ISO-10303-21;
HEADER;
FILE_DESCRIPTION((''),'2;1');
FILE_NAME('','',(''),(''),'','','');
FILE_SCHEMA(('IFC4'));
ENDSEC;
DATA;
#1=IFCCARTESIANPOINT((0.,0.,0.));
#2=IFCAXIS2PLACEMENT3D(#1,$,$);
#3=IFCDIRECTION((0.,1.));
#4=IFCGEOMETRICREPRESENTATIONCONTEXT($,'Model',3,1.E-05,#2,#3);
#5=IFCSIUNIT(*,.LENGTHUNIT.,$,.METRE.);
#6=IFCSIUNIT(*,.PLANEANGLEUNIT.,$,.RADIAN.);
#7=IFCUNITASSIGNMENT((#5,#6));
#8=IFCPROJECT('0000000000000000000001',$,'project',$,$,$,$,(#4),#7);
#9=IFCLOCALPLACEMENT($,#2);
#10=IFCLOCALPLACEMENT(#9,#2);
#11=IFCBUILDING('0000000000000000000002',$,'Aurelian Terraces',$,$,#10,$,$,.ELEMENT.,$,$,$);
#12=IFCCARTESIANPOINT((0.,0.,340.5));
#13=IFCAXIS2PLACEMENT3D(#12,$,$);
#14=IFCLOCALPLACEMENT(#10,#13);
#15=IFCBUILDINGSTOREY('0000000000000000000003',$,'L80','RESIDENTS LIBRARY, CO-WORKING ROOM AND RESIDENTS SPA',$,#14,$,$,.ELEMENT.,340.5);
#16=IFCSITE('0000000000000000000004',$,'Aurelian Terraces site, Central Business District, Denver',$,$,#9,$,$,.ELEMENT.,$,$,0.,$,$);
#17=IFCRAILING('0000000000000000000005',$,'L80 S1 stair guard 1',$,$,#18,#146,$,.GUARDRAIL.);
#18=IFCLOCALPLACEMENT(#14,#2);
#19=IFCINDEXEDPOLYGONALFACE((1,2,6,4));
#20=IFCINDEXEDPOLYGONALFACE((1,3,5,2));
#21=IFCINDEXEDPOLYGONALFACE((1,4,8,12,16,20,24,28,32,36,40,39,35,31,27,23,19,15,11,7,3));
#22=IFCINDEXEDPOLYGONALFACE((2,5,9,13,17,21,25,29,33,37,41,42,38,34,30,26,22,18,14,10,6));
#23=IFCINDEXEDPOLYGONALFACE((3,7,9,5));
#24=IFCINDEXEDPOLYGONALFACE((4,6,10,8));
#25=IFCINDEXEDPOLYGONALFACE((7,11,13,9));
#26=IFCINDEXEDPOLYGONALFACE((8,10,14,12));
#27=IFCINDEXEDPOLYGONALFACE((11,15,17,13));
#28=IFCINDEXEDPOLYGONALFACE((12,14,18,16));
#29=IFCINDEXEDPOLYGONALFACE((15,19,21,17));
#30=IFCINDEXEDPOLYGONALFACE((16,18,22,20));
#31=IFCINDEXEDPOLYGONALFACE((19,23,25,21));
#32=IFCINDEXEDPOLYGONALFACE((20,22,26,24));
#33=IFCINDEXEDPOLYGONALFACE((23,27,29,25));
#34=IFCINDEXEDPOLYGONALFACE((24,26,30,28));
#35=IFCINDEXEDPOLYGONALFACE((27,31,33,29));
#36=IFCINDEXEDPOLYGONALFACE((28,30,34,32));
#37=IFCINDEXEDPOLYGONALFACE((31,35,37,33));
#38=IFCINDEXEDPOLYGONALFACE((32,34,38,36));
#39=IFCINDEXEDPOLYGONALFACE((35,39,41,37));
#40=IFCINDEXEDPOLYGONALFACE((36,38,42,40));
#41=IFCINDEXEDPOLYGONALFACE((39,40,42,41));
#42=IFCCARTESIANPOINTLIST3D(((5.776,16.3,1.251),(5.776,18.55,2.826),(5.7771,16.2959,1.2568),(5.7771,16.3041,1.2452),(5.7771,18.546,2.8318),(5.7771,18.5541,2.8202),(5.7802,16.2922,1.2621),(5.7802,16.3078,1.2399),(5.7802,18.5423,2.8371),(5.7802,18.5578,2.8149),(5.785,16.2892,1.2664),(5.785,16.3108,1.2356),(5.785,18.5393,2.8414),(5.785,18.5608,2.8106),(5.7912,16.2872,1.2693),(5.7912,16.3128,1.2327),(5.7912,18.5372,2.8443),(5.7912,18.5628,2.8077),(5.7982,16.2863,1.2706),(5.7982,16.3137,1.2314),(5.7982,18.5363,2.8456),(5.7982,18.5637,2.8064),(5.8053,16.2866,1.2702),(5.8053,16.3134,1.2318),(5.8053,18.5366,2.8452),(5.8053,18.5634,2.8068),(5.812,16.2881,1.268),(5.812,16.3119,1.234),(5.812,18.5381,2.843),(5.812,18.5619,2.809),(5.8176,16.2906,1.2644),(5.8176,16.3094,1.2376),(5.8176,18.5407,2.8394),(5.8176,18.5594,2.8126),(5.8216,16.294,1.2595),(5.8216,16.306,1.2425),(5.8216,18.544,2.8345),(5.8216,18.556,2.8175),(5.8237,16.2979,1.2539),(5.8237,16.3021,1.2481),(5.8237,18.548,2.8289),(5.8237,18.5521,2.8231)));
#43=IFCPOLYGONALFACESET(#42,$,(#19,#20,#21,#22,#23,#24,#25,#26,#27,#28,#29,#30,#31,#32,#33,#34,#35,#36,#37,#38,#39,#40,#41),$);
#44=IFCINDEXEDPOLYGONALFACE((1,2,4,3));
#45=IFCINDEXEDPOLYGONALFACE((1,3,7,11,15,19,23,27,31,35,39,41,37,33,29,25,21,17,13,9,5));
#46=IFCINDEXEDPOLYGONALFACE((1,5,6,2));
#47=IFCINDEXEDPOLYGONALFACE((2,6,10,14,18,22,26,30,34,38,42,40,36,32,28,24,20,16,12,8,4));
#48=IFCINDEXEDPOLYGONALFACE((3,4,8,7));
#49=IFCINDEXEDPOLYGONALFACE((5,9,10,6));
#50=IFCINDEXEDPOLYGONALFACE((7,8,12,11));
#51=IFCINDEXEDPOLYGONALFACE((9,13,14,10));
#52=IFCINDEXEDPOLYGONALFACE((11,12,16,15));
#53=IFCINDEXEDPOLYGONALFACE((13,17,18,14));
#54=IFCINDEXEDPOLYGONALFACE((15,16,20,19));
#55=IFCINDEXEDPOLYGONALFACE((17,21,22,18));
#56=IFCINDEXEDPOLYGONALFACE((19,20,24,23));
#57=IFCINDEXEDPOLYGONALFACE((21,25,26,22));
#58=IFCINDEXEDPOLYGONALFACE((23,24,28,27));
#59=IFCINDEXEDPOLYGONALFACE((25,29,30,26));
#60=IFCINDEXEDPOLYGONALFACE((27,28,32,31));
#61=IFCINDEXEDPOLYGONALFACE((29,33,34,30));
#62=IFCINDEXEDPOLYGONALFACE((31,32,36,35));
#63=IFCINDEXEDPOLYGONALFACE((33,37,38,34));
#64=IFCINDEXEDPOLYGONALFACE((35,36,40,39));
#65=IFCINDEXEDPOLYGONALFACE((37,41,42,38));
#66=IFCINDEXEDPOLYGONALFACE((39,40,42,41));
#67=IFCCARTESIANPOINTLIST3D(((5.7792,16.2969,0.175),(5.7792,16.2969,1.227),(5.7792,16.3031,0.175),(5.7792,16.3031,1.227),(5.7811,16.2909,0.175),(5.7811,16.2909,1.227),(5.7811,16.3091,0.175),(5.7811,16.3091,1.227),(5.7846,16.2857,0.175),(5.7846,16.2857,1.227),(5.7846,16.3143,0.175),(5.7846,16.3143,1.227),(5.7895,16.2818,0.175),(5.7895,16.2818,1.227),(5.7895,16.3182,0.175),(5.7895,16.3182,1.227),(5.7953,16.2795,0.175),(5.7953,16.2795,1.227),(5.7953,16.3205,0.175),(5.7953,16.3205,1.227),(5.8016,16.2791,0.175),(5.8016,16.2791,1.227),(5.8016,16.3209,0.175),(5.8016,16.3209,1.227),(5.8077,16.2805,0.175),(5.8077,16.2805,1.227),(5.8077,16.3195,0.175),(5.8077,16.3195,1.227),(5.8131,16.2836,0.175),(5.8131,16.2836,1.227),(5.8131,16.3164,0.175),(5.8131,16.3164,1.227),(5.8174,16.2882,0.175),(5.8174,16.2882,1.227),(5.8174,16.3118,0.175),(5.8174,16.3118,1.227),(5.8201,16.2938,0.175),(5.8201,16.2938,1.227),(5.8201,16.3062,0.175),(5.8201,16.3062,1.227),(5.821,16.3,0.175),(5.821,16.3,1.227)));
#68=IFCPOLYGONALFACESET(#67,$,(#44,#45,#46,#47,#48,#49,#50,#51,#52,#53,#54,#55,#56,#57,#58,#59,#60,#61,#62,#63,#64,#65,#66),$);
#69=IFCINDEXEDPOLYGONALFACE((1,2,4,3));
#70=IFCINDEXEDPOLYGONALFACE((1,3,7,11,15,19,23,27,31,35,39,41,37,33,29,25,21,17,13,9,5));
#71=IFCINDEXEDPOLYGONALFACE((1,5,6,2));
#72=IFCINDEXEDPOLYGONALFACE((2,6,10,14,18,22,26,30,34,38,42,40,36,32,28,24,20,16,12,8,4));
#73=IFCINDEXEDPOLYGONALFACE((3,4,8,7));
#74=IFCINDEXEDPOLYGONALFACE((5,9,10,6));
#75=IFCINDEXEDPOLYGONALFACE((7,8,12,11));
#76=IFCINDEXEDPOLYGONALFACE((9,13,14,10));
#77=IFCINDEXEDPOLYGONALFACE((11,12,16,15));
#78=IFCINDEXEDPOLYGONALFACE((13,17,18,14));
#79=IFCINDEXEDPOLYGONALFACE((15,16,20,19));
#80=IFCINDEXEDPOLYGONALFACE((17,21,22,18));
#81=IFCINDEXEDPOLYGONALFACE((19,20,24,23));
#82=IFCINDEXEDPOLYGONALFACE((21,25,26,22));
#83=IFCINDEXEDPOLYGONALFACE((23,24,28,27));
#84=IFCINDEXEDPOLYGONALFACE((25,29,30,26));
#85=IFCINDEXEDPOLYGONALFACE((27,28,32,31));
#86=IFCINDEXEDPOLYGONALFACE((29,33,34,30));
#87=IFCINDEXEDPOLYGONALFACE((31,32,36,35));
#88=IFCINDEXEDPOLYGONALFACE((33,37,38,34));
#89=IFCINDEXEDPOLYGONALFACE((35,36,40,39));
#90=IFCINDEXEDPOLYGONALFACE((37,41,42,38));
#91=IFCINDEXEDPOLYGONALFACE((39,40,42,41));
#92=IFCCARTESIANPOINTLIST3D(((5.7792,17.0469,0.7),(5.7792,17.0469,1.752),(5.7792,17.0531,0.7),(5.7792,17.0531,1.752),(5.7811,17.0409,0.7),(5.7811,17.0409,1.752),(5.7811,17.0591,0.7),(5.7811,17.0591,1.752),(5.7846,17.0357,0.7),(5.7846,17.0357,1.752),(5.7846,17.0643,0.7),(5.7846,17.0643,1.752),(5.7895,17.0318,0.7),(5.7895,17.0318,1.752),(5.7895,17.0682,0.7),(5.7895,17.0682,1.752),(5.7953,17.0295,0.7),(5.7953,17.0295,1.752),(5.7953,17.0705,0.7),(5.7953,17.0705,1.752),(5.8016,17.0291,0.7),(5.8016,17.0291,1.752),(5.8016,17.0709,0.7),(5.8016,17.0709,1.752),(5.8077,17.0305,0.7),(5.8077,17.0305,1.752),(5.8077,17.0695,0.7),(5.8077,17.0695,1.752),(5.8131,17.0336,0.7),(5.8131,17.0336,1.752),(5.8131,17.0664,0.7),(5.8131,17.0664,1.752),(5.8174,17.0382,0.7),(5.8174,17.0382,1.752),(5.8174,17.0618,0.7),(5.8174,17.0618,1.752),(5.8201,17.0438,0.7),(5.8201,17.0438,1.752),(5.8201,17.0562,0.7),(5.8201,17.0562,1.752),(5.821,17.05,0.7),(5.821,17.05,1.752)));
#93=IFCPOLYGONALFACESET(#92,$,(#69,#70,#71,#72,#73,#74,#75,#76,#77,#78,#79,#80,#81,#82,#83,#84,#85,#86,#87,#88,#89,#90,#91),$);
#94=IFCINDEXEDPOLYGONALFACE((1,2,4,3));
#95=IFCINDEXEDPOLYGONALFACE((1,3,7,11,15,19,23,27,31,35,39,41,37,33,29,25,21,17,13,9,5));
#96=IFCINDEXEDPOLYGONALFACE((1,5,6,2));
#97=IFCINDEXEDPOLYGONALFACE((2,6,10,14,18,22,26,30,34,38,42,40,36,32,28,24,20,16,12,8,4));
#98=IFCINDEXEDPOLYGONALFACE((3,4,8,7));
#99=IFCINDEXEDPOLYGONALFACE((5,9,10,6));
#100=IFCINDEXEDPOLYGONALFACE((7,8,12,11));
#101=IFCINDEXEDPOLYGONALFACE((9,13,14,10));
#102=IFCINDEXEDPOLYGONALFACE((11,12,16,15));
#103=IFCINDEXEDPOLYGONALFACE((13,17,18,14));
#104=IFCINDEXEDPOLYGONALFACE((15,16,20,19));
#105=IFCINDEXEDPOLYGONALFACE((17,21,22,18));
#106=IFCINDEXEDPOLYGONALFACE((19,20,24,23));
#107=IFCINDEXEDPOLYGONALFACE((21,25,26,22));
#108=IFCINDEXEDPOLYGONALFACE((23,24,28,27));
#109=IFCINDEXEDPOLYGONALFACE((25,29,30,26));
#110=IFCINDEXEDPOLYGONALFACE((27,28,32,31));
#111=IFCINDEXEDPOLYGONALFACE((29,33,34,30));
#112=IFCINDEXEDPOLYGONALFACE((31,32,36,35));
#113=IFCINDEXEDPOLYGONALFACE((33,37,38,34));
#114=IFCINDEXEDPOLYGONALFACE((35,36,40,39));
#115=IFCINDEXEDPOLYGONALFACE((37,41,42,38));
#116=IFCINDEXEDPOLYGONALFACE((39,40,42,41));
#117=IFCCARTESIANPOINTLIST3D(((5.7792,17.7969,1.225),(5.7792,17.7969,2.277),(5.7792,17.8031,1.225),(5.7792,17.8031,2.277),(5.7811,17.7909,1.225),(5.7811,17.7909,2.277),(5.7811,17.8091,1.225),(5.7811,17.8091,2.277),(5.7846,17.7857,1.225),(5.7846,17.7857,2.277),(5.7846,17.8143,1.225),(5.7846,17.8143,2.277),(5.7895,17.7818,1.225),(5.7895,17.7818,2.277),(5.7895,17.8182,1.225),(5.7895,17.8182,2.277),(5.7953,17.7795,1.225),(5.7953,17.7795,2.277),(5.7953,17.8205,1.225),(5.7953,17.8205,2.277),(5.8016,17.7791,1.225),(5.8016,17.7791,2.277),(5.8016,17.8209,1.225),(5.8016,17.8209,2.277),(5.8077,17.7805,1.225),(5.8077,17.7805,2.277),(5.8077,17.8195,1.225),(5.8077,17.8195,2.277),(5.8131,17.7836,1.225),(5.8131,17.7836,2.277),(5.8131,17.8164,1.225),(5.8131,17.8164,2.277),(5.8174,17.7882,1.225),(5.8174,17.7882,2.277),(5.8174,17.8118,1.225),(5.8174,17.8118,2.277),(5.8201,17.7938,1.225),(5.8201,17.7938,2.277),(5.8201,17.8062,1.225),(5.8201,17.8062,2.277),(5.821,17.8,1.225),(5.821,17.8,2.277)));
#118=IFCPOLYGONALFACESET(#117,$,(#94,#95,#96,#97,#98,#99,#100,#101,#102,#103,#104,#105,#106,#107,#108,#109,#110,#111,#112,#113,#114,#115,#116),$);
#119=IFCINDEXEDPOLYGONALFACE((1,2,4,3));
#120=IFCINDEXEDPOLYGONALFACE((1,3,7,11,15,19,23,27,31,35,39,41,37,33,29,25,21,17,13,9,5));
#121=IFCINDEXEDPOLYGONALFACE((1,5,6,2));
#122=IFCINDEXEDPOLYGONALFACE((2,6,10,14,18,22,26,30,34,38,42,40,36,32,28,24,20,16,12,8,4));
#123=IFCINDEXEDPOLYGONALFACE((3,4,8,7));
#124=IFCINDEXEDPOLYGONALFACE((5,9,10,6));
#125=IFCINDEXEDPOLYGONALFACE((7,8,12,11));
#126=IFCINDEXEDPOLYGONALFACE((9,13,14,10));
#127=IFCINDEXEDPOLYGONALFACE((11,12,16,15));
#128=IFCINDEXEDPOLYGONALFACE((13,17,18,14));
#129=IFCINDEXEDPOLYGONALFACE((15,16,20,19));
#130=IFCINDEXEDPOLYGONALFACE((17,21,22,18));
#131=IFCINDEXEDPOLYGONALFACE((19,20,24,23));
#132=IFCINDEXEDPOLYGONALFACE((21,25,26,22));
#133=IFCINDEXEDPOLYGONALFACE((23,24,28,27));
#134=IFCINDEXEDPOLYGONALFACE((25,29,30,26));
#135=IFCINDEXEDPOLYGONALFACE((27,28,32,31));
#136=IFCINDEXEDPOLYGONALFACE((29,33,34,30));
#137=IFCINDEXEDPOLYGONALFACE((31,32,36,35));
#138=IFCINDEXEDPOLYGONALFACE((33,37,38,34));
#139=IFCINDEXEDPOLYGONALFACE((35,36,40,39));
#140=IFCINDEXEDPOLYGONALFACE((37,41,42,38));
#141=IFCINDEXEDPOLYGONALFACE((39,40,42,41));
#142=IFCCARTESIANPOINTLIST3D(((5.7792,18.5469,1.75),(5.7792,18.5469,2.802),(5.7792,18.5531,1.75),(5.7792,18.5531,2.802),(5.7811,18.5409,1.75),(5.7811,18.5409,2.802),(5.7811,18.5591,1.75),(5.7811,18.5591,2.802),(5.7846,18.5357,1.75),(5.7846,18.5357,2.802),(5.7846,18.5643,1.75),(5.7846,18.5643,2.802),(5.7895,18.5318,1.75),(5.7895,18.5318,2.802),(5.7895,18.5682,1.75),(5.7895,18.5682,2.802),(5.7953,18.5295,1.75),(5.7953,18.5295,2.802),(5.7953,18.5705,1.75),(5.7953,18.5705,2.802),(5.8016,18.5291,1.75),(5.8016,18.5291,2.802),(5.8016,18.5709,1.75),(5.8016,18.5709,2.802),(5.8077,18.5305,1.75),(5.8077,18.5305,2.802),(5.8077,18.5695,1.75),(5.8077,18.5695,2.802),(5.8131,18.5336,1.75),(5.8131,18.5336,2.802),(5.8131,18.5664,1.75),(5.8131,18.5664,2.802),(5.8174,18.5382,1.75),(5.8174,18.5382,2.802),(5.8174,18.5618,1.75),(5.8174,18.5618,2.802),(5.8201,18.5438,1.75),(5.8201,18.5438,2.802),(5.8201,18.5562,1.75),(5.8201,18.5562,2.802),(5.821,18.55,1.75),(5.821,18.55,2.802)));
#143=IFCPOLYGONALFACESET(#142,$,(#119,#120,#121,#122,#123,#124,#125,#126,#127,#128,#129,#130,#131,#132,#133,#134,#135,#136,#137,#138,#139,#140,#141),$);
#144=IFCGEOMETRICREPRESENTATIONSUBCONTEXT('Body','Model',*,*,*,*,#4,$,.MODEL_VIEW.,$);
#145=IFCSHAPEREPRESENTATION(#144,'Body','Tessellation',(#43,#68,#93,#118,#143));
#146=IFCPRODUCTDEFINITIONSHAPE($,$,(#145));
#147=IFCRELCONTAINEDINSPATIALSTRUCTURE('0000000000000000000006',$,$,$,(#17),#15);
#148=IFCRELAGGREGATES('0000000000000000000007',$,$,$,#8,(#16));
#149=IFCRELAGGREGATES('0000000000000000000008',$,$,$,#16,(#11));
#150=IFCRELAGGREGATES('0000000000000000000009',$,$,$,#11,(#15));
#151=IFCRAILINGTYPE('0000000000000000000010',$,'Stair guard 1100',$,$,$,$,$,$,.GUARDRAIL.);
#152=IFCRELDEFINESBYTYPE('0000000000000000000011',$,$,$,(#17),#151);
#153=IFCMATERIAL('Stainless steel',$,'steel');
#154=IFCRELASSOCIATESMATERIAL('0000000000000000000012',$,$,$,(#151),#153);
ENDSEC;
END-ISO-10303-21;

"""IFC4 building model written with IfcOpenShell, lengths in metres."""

from ifc_helpers import new_model, si_unit, direction, frame, origin, origin_2d, place, context, subcontext, project, spatial, circle, extrude, source, transform, mapped, material, type_object, element, save


model = new_model("IFC4")

# Units and contexts
model_context = context("Model", 3, precision=1e-05, world=origin(), true_north=direction((0.0, 1.0)))
body_context = subcontext(model_context, "Body", "Model", "MODEL_VIEW")
ifc_project = project(units=[si_unit("LENGTHUNIT", "METRE"), si_unit("PLANEANGLEUNIT", "RADIAN")], contexts=[model_context])

# Site, building, storey
site_placement = place(None, origin())
site = spatial("IfcSite", under=ifc_project, at=site_placement, Name="Aurelian Terraces site, Central Business District, Denver", CompositionType="ELEMENT", RefElevation=0.0)
building_placement = place(site_placement, origin())
building = spatial("IfcBuilding", under=site, at=building_placement, Name="Aurelian Terraces", CompositionType="ELEMENT")
storey_placement = place(building_placement, frame((0.0, 0.0, 340.5)))
storey = spatial("IfcBuildingStorey", under=building, at=storey_placement, Name="L80", Description="RESIDENTS LIBRARY, CO-WORKING ROOM AND RESIDENTS SPA", CompositionType="ELEMENT", Elevation=340.5)

# Railing
ifc_material_1 = material(Name="Stainless steel", Category="steel")
railing_type_1 = type_object("IfcRailingType", Name="Stair guard 1100", PredefinedType="GUARDRAIL", material=ifc_material_1)
shared_shape_1 = source(origin(), body_context, "Body", "SweptSolid", [
    extrude(circle(Radius=0.024, at=origin_2d()), frame((0.0, 0.0, 1.076), z_axis=(0.0, 0.819232, 0.573462), x_axis=(-1.0, 0.0, 0.0)), (0.0, 0.0, 1.0), 2.7465),
    extrude(circle(Radius=0.021, at=origin_2d()), origin(), (0.0, 0.0, 1.0), 1.052),
    extrude(circle(Radius=0.021, at=origin_2d()), frame((0.0, 0.75, 0.525)), (0.0, 0.0, 1.0), 1.052),
    extrude(circle(Radius=0.021, at=origin_2d()), frame((0.0, 1.5, 1.05)), (0.0, 0.0, 1.0), 1.052),
    extrude(circle(Radius=0.021, at=origin_2d()), frame((0.0, 2.25, 1.575)), (0.0, 0.0, 1.0), 1.052),
])
railing_1_placement = place(storey_placement, frame((5.8, 16.3, 0.175)))
element("IfcRailing", 1, at=railing_1_placement, inside=storey, type_object=railing_type_1, Name="L80 S1 stair guard 1", PredefinedType="GUARDRAIL", context=body_context, shape_type="MappedRepresentation", body=[
    mapped(shared_shape_1, transform((0.0, 0.0, 0.0), scale=1.0)),
])

save(model, "model.ifc")
